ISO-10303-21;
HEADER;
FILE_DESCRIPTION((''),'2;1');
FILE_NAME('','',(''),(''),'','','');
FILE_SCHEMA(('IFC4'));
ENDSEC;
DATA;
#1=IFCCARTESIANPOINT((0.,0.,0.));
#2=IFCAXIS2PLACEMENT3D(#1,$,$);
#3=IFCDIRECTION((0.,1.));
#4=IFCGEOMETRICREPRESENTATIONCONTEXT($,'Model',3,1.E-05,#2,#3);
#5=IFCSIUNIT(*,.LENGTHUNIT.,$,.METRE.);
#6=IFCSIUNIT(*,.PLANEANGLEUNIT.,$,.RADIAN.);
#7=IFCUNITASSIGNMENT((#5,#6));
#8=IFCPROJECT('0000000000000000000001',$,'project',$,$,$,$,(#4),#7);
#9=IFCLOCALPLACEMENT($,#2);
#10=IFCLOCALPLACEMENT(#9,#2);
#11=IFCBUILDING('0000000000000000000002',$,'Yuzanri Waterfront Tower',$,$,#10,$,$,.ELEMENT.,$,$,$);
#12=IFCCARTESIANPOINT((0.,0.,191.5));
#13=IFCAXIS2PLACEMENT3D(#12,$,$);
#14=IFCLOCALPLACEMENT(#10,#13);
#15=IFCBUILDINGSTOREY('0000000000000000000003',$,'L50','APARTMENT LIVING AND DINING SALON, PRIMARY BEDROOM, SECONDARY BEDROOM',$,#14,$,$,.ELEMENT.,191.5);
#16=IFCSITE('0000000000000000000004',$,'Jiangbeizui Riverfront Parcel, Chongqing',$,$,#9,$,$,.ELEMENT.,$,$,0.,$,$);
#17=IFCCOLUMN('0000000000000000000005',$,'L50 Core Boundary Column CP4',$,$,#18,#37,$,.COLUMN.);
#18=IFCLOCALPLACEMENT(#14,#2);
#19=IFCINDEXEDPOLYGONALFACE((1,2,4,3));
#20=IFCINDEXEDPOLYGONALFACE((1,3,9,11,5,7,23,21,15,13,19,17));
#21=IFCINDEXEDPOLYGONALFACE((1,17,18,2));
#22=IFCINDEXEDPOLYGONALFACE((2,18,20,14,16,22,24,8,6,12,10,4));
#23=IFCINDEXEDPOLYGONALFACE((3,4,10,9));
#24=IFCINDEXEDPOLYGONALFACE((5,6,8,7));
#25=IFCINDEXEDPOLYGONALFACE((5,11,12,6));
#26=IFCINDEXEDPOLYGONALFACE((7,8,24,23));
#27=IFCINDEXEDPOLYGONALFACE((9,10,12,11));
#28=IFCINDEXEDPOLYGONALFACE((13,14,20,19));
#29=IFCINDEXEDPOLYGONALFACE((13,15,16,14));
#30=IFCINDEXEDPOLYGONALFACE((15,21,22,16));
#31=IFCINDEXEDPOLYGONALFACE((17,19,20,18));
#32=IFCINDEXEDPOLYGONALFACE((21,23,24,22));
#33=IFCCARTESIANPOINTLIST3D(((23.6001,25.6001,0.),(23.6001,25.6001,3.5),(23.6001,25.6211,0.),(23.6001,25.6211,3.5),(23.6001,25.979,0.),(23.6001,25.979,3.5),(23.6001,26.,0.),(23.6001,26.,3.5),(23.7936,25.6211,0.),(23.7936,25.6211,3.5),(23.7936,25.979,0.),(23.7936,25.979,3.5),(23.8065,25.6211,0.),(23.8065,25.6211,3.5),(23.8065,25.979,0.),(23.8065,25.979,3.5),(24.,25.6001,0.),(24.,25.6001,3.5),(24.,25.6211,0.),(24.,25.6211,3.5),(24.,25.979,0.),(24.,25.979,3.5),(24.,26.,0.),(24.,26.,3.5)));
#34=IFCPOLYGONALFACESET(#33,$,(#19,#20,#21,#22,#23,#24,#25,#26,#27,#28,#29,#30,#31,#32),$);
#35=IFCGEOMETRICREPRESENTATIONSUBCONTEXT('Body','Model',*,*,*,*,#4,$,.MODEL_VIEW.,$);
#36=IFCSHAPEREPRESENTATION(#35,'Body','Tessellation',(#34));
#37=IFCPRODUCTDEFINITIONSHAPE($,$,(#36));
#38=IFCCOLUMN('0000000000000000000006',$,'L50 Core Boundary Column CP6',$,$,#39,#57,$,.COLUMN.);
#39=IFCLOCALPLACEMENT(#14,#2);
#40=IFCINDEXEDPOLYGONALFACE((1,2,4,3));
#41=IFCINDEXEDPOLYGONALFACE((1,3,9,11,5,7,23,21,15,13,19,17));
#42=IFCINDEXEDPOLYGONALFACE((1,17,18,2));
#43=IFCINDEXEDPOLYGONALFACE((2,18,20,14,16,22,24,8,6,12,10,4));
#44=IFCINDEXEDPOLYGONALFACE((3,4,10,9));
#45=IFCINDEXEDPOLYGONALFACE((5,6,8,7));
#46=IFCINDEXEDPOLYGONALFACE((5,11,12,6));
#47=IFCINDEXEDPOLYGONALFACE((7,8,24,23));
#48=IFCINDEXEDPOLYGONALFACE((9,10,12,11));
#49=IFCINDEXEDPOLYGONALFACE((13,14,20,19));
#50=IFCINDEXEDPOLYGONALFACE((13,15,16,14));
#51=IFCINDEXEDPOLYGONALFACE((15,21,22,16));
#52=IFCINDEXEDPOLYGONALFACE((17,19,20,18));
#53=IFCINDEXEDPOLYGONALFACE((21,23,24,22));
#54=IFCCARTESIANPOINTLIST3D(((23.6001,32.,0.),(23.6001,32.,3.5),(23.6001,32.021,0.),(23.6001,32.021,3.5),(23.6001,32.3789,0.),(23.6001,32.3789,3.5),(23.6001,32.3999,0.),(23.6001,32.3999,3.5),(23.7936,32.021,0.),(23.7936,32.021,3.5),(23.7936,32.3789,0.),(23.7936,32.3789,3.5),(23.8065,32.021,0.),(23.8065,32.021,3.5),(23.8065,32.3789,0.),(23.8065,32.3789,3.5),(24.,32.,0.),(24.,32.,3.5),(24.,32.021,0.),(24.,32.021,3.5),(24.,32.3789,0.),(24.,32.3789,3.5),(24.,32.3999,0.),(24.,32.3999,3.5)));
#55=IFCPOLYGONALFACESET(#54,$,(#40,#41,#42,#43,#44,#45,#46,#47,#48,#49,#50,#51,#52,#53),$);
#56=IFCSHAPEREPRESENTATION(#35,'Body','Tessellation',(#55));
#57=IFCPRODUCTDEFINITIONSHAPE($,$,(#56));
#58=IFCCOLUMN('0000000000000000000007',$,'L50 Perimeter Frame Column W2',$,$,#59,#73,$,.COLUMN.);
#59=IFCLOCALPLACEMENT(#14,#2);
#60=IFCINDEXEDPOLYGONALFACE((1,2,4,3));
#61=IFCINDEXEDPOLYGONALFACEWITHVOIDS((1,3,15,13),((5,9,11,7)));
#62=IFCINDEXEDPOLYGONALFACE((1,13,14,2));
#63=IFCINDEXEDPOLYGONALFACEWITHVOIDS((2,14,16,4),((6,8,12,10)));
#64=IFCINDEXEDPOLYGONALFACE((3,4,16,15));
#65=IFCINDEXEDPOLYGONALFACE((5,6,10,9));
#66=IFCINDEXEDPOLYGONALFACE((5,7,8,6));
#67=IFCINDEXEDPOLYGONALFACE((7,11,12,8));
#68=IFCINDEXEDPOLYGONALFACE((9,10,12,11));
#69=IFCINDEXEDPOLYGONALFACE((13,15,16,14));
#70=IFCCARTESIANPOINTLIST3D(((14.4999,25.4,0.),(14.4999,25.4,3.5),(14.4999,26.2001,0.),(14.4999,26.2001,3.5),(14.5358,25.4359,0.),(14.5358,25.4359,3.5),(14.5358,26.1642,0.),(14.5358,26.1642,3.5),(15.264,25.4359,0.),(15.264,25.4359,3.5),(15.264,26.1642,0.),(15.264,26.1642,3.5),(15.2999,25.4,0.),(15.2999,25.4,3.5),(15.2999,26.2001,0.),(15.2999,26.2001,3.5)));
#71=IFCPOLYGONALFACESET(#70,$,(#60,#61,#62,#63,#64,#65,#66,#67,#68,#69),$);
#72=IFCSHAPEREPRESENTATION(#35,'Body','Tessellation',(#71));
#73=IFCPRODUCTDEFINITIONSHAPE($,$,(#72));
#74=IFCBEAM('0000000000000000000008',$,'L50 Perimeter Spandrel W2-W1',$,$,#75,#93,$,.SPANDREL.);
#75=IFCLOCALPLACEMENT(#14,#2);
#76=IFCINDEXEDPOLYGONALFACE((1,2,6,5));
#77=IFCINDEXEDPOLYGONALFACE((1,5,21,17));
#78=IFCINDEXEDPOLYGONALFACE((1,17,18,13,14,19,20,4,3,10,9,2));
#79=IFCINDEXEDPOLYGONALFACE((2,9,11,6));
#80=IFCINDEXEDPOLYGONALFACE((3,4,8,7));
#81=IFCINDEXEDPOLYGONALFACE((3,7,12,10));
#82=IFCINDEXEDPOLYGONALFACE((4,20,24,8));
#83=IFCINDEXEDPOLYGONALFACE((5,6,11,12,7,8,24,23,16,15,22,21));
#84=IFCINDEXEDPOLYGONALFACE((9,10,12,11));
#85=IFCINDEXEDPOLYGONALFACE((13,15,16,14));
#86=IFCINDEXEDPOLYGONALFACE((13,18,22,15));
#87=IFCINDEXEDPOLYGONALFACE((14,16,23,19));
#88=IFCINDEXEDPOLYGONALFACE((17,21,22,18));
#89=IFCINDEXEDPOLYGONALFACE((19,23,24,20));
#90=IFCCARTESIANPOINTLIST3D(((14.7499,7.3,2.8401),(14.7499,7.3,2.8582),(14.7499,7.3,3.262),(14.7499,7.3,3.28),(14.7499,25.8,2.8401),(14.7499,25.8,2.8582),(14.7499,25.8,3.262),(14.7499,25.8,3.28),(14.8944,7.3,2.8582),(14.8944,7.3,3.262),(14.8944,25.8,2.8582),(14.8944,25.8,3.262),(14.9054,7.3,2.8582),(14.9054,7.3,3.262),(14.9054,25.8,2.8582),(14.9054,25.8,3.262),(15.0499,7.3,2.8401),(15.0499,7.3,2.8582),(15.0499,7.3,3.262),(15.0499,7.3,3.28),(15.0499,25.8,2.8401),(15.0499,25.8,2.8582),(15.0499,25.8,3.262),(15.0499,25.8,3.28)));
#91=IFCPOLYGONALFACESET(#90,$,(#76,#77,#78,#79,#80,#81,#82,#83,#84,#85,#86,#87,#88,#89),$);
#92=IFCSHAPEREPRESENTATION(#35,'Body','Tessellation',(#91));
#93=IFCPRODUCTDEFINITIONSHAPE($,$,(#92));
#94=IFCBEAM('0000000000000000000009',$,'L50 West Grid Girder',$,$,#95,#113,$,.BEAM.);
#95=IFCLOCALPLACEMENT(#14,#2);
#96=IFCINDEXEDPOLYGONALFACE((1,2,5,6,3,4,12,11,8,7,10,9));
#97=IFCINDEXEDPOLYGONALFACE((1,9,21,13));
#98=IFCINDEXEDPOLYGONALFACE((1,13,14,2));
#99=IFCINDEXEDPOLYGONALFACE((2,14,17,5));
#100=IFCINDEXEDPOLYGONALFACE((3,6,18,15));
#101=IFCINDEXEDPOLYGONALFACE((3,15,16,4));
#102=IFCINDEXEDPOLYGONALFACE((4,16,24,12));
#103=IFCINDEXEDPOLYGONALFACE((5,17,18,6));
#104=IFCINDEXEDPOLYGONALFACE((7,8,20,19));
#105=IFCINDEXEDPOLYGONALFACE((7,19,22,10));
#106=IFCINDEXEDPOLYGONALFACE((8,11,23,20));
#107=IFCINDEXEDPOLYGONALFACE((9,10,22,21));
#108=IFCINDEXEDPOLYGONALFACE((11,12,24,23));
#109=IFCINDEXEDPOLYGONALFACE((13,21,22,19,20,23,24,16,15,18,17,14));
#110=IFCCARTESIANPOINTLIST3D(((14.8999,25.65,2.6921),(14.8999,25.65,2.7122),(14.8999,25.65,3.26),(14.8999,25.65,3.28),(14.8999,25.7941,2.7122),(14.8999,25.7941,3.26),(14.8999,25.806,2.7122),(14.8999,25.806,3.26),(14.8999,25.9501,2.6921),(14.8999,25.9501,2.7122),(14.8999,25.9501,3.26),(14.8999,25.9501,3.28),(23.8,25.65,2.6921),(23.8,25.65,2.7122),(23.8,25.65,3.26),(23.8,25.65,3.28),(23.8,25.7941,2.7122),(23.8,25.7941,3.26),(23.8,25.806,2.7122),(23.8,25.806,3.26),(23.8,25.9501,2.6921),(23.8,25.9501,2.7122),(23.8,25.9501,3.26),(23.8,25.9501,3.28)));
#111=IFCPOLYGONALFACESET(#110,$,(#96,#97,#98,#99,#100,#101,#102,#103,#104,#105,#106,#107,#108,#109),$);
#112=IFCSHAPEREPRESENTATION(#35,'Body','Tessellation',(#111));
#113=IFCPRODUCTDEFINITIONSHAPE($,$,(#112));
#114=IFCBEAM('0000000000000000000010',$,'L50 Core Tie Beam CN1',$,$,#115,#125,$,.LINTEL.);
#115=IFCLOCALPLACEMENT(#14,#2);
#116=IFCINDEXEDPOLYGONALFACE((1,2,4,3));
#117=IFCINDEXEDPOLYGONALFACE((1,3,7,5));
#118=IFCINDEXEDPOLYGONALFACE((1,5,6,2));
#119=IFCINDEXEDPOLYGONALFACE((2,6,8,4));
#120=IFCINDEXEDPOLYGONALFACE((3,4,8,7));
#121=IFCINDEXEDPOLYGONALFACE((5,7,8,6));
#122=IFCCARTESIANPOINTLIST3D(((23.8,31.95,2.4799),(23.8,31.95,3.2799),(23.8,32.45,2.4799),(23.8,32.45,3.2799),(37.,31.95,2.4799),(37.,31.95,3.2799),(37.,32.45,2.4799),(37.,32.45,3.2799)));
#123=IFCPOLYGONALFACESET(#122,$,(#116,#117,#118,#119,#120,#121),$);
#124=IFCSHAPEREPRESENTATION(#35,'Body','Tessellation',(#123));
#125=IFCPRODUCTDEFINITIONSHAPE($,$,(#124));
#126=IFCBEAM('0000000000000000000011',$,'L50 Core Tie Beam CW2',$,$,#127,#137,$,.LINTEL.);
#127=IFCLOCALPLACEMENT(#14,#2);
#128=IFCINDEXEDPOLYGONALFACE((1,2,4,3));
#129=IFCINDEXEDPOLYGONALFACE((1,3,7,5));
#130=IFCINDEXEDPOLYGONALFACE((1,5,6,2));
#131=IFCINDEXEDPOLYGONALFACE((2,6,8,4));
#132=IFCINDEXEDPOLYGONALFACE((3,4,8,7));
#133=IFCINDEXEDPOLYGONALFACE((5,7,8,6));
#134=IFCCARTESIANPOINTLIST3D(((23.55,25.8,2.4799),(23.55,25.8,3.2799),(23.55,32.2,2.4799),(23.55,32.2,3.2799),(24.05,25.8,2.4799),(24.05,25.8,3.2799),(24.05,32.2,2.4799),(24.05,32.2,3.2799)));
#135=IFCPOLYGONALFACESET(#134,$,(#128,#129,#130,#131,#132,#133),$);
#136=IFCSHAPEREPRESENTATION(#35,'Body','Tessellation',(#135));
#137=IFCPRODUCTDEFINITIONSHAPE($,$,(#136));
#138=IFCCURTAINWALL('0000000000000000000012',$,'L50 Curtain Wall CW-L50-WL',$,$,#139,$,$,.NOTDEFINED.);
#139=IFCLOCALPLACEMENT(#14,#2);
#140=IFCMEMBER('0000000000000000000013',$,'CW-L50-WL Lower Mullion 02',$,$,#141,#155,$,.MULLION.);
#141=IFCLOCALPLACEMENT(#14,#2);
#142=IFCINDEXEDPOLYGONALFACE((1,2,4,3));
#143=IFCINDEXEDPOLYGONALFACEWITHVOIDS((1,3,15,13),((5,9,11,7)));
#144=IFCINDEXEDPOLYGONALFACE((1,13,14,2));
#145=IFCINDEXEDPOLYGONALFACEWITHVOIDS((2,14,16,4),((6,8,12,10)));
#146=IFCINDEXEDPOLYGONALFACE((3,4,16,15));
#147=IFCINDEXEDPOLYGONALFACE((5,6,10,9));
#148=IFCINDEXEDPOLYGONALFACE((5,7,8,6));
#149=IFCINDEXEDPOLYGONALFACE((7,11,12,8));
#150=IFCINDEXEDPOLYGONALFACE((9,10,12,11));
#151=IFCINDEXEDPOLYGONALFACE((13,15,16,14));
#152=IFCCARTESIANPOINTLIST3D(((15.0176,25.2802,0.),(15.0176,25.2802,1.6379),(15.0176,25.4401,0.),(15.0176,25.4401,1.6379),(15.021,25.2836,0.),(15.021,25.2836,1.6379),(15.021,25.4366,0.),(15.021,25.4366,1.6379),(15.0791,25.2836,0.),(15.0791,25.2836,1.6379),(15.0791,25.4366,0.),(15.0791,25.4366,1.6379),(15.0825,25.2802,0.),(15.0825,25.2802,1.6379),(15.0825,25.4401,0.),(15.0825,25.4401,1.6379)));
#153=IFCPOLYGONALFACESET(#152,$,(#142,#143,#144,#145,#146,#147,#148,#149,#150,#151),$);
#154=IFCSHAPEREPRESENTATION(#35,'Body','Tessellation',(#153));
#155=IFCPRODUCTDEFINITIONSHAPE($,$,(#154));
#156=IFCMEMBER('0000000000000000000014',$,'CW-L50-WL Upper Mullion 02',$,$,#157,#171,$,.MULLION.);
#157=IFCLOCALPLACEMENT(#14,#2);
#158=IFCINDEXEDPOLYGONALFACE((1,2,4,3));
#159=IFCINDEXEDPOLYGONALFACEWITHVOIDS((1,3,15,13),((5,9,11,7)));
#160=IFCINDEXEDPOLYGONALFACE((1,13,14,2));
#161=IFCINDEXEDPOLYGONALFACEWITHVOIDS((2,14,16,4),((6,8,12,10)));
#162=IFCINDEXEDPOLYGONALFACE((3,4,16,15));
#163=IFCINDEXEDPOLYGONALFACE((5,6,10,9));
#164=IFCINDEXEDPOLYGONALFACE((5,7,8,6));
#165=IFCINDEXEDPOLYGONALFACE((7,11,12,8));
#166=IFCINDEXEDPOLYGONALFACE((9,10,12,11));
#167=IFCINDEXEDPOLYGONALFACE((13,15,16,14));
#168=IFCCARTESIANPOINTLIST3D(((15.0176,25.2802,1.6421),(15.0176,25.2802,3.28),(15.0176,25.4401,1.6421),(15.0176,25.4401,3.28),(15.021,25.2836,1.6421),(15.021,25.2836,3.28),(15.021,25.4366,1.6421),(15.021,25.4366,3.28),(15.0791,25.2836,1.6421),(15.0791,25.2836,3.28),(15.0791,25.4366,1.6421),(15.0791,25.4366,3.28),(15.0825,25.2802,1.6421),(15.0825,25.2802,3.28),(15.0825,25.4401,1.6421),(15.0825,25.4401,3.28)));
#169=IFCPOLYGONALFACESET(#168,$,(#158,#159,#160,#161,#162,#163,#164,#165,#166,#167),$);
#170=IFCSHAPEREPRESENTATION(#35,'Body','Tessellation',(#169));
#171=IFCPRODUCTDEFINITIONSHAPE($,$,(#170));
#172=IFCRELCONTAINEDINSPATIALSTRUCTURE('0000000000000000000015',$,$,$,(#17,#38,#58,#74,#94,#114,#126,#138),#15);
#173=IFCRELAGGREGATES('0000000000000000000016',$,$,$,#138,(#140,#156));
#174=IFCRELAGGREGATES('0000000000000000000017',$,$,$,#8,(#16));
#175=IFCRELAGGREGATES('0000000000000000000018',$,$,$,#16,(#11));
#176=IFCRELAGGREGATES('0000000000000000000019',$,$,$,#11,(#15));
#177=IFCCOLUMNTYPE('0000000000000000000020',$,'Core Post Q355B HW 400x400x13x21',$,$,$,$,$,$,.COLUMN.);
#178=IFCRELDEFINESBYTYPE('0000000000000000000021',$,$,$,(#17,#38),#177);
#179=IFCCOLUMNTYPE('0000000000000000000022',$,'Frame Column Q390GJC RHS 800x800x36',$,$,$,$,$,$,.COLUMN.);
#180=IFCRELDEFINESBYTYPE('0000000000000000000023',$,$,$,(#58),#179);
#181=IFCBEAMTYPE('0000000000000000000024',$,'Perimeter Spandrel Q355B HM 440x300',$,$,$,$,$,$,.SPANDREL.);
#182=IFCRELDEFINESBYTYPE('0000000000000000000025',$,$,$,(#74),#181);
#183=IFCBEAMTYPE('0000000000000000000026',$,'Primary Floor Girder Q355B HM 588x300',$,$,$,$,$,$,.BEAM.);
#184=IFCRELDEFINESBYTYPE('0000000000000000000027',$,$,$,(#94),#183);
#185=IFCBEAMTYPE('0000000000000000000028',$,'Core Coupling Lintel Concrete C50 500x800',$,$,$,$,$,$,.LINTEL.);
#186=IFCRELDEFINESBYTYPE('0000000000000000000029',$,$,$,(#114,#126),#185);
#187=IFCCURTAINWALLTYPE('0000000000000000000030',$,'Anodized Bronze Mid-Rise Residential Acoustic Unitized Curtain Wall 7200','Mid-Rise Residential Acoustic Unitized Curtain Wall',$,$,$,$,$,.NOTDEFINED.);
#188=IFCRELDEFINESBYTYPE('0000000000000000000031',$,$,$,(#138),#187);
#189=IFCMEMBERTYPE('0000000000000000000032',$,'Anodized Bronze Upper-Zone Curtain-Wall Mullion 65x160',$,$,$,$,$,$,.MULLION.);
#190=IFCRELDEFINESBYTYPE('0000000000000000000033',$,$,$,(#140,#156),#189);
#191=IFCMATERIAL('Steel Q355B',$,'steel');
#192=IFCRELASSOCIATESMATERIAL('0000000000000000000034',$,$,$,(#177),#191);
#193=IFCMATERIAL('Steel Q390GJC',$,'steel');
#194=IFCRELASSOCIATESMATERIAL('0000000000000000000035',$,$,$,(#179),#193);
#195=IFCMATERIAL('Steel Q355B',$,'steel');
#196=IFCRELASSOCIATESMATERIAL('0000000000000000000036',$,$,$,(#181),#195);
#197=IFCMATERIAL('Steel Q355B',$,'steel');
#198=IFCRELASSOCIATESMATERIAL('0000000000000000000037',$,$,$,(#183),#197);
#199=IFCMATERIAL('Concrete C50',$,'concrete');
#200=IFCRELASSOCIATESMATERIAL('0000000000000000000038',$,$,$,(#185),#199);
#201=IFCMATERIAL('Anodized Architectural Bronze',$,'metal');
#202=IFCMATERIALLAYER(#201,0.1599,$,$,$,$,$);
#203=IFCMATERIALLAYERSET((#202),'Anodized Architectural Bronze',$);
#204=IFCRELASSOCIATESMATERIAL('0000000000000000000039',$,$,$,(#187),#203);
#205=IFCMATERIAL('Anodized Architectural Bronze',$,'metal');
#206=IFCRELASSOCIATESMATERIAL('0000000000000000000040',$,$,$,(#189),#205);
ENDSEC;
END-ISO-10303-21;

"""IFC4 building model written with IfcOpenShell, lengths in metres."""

from ifc_helpers import new_model, si_unit, direction, frame, origin, origin_2d, place, context, subcontext, project, spatial, rectangle, hollow_rectangle, i_section, extrude, source, transform, mapped, material, layer, layer_set, material_profile, profile_set, type_object, element, aggregate, save


model = new_model("IFC4")

# Units and contexts
model_context = context("Model", 3, precision=1e-05, world=origin(), true_north=direction((0.0, 1.0)))
body_context = subcontext(model_context, "Body", "Model", "MODEL_VIEW")
ifc_project = project(units=[si_unit("LENGTHUNIT", "METRE"), si_unit("PLANEANGLEUNIT", "RADIAN")], contexts=[model_context])

# Site, building, storey
site_placement = place(None, origin())
site = spatial("IfcSite", under=ifc_project, at=site_placement, Name="Jiangbeizui Riverfront Parcel, Chongqing", CompositionType="ELEMENT", RefElevation=0.0)
building_placement = place(site_placement, origin())
building = spatial("IfcBuilding", under=site, at=building_placement, Name="Yuzanri Waterfront Tower", CompositionType="ELEMENT")
storey_placement = place(building_placement, frame((0.0, 0.0, 191.5)))
storey = spatial("IfcBuildingStorey", under=building, at=storey_placement, Name="L50", Description="APARTMENT LIVING AND DINING SALON, PRIMARY BEDROOM, SECONDARY BEDROOM", CompositionType="ELEMENT", Elevation=191.5)

# Columns
ifc_material_1 = material(Name="Steel Q355B", Category="steel")
ifc_material_profile_1 = material_profile(ifc_material_1, i_section(OverallWidth=0.3999, OverallDepth=0.3999, WebThickness=0.0129, FlangeThickness=0.021, at=origin_2d()), Name="HW 400x400x13x21")
ifc_profile_set_1 = profile_set([ifc_material_profile_1], Name="Steel Q355B")
column_type_1 = type_object("IfcColumnType", Name="Core Post Q355B HW 400x400x13x21", PredefinedType="COLUMN", material=ifc_profile_set_1)
shared_shape_1 = source(origin(), body_context, "Body", "SweptSolid", [
    extrude(i_section(OverallWidth=0.3999, OverallDepth=0.3999, WebThickness=0.0129, FlangeThickness=0.021, at=origin_2d()), origin(), (0.0, 0.0, 1.0), 3.5),
])
for number, where, z_axis, x_axis, name in (
    (1, (23.8, 25.8, 0.0), (0.0, 0.0, 1.0), (1.0, 0.0, 0.0), "L50 Core Boundary Column CP4"),
    (2, (23.8, 32.2, 0.0), (0.0, 0.0, 1.0), (1.0, 0.0, 0.0), "L50 Core Boundary Column CP6"),
):
    element("IfcColumn", number, at=place(storey_placement, frame(where, z_axis=z_axis, x_axis=x_axis)), inside=storey, type_object=column_type_1, Name=name, PredefinedType="COLUMN", context=body_context, shape_type="MappedRepresentation", body=[
        mapped(shared_shape_1, transform((0.0, 0.0, 0.0), scale=1.0)),
    ])
ifc_material_2 = material(Name="Steel Q390GJC", Category="steel")
ifc_material_profile_2 = material_profile(ifc_material_2, hollow_rectangle(XDim=0.8, YDim=0.8, WallThickness=0.0359, at=origin_2d()), Name="RHS 800x800x36")
ifc_profile_set_2 = profile_set([ifc_material_profile_2], Name="Steel Q390GJC")
column_type_2 = type_object("IfcColumnType", Name="Frame Column Q390GJC RHS 800x800x36", PredefinedType="COLUMN", material=ifc_profile_set_2)
shared_shape_2 = source(origin(), body_context, "Body", "SweptSolid", [
    extrude(hollow_rectangle(XDim=0.8, YDim=0.8, WallThickness=0.0359, at=origin_2d()), origin(), (0.0, 0.0, 1.0), 3.5),
])
column_placement = place(storey_placement, frame((14.8999, 25.8, 0.0), z_axis=(0.0, 0.0, 1.0), x_axis=(1.0, 0.0, 0.0)))
element("IfcColumn", 3, at=column_placement, inside=storey, type_object=column_type_2, Name="L50 Perimeter Frame Column W2", PredefinedType="COLUMN", context=body_context, shape_type="MappedRepresentation", body=[
    mapped(shared_shape_2, transform((0.0, 0.0, 0.0), scale=1.0)),
])

# Beams
ifc_material_3 = material(Name="Steel Q355B", Category="steel")
ifc_material_profile_3 = material_profile(ifc_material_3, i_section(OverallWidth=0.3, OverallDepth=0.4399, WebThickness=0.011, FlangeThickness=0.0181, at=origin_2d()), Name="HM 440x300x11x18")
ifc_profile_set_3 = profile_set([ifc_material_profile_3], Name="Steel Q355B")
beam_type_1 = type_object("IfcBeamType", Name="Perimeter Spandrel Q355B HM 440x300", PredefinedType="SPANDREL", material=ifc_profile_set_3)
shared_shape_3 = source(origin(), body_context, "Body", "SweptSolid", [
    extrude(i_section(OverallWidth=0.3, OverallDepth=0.4399, WebThickness=0.011, FlangeThickness=0.0181, at=origin_2d()), origin(), (0.0, 0.0, 1.0), 18.5),
])
beam_1_placement = place(storey_placement, frame((14.8999, 25.8, 3.0601), z_axis=(0.0, -1.0, 0.0), x_axis=(1.0, 0.0, 0.0)))
element("IfcBeam", 4, at=beam_1_placement, inside=storey, type_object=beam_type_1, Name="L50 Perimeter Spandrel W2-W1", PredefinedType="SPANDREL", context=body_context, shape_type="MappedRepresentation", body=[
    mapped(shared_shape_3, transform((0.0, 0.0, 0.0), scale=1.0)),
])
ifc_material_4 = material(Name="Steel Q355B", Category="steel")
ifc_material_profile_4 = material_profile(ifc_material_4, i_section(OverallWidth=0.3, OverallDepth=0.5879, WebThickness=0.012, FlangeThickness=0.02, at=origin_2d()), Name="HM 588x300x12x20")
ifc_profile_set_4 = profile_set([ifc_material_profile_4], Name="Steel Q355B")
beam_type_2 = type_object("IfcBeamType", Name="Primary Floor Girder Q355B HM 588x300", PredefinedType="BEAM", material=ifc_profile_set_4)
shared_shape_4 = source(origin(), body_context, "Body", "SweptSolid", [
    extrude(i_section(OverallWidth=0.3, OverallDepth=0.5879, WebThickness=0.012, FlangeThickness=0.02, at=origin_2d()), origin(), (0.0, 0.0, 1.0), 8.9001),
])
beam_2_placement = place(storey_placement, frame((23.8, 25.8, 2.9861), z_axis=(-1.0, 0.0, 0.0), x_axis=(0.0, -1.0, 0.0)))
element("IfcBeam", 5, at=beam_2_placement, inside=storey, type_object=beam_type_2, Name="L50 West Grid Girder", PredefinedType="BEAM", context=body_context, shape_type="MappedRepresentation", body=[
    mapped(shared_shape_4, transform((0.0, 0.0, 0.0), scale=1.0)),
])
ifc_material_5 = material(Name="Concrete C50", Category="concrete")
ifc_material_profile_5 = material_profile(ifc_material_5, rectangle(XDim=0.5, YDim=0.8, at=origin_2d()), Name="RC 500x800")
ifc_profile_set_5 = profile_set([ifc_material_profile_5], Name="Concrete C50")
beam_type_3 = type_object("IfcBeamType", Name="Core Coupling Lintel Concrete C50 500x800", PredefinedType="LINTEL", material=ifc_profile_set_5)
shared_shape_5 = source(origin(), body_context, "Body", "SweptSolid", [
    extrude(rectangle(XDim=0.5, YDim=0.8, at=origin_2d()), origin(), (0.0, 0.0, 1.0), 13.2),
])
beam_3_placement = place(storey_placement, frame((23.8, 32.2, 2.8799), z_axis=(1.0, 0.0, 0.0), x_axis=(0.0, 1.0, 0.0)))
element("IfcBeam", 6, at=beam_3_placement, inside=storey, type_object=beam_type_3, Name="L50 Core Tie Beam CN1", PredefinedType="LINTEL", context=body_context, shape_type="MappedRepresentation", body=[
    mapped(shared_shape_5, transform((0.0, 0.0, 0.0), scale=1.0)),
])
shared_shape_6 = source(origin(), body_context, "Body", "SweptSolid", [
    extrude(rectangle(XDim=0.5, YDim=0.8, at=origin_2d()), origin(), (0.0, 0.0, 1.0), 6.3999),
])
beam_4_placement = place(storey_placement, frame((23.8, 25.8, 2.8799), z_axis=(0.0, 1.0, 0.0), x_axis=(-1.0, 0.0, 0.0)))
element("IfcBeam", 7, at=beam_4_placement, inside=storey, type_object=beam_type_3, Name="L50 Core Tie Beam CW2", PredefinedType="LINTEL", context=body_context, shape_type="MappedRepresentation", body=[
    mapped(shared_shape_6, transform((0.0, 0.0, 0.0), scale=1.0)),
])

# Curtain wall, members
ifc_material_6 = material(Name="Anodized Architectural Bronze", Category="metal")
ifc_layer_1 = layer(ifc_material_6, 0.1599)
ifc_layer_set_1 = layer_set([ifc_layer_1], Name="Anodized Architectural Bronze")
curtain_wall_type = type_object("IfcCurtainWallType", Name="Anodized Bronze Mid-Rise Residential Acoustic Unitized Curtain Wall 7200", Description="Mid-Rise Residential Acoustic Unitized Curtain Wall", PredefinedType="NOTDEFINED", material=ifc_layer_set_1)
curtain_wall_1_placement = place(storey_placement, origin())
curtain_wall_1 = element("IfcCurtainWall", 8, at=curtain_wall_1_placement, inside=storey, type_object=curtain_wall_type, Name="L50 Curtain Wall CW-L50-WL", PredefinedType="NOTDEFINED")
ifc_material_7 = material(Name="Anodized Architectural Bronze", Category="metal")
ifc_material_profile_6 = material_profile(ifc_material_7, hollow_rectangle(XDim=0.0649, YDim=0.1599, WallThickness=0.0034, at=origin_2d()), Name="CWM 65x160")
ifc_profile_set_6 = profile_set([ifc_material_profile_6], Name="Anodized Architectural Bronze")
member_type_1 = type_object("IfcMemberType", Name="Anodized Bronze Upper-Zone Curtain-Wall Mullion 65x160", PredefinedType="MULLION", material=ifc_profile_set_6)
shared_shape_7 = source(origin(), body_context, "Body", "SweptSolid", [
    extrude(hollow_rectangle(XDim=0.0649, YDim=0.1599, WallThickness=0.0034, at=origin_2d()), origin(), (0.0, 0.0, 1.0), 1.6379),
])
member_1_placement = place(storey_placement, frame((15.05, 25.3601, 0.0), z_axis=(0.0, 0.0, 1.0), x_axis=(1.0, 0.0, 0.0)))
member_1 = element("IfcMember", 9, at=member_1_placement, type_object=member_type_1, Name="CW-L50-WL Lower Mullion 02", PredefinedType="MULLION", context=body_context, shape_type="MappedRepresentation", body=[
    mapped(shared_shape_7, transform((0.0, 0.0, 0.0), scale=1.0)),
])
member_2_placement = place(storey_placement, frame((15.05, 25.3601, 1.6421), z_axis=(0.0, 0.0, 1.0), x_axis=(1.0, 0.0, 0.0)))
member_2 = element("IfcMember", 10, at=member_2_placement, type_object=member_type_1, Name="CW-L50-WL Upper Mullion 02", PredefinedType="MULLION", context=body_context, shape_type="MappedRepresentation", body=[
    mapped(shared_shape_7, transform((0.0, 0.0, 0.0), scale=1.0)),
])
aggregate(curtain_wall_1, [member_1, member_2])

save(model, "model.ifc")
